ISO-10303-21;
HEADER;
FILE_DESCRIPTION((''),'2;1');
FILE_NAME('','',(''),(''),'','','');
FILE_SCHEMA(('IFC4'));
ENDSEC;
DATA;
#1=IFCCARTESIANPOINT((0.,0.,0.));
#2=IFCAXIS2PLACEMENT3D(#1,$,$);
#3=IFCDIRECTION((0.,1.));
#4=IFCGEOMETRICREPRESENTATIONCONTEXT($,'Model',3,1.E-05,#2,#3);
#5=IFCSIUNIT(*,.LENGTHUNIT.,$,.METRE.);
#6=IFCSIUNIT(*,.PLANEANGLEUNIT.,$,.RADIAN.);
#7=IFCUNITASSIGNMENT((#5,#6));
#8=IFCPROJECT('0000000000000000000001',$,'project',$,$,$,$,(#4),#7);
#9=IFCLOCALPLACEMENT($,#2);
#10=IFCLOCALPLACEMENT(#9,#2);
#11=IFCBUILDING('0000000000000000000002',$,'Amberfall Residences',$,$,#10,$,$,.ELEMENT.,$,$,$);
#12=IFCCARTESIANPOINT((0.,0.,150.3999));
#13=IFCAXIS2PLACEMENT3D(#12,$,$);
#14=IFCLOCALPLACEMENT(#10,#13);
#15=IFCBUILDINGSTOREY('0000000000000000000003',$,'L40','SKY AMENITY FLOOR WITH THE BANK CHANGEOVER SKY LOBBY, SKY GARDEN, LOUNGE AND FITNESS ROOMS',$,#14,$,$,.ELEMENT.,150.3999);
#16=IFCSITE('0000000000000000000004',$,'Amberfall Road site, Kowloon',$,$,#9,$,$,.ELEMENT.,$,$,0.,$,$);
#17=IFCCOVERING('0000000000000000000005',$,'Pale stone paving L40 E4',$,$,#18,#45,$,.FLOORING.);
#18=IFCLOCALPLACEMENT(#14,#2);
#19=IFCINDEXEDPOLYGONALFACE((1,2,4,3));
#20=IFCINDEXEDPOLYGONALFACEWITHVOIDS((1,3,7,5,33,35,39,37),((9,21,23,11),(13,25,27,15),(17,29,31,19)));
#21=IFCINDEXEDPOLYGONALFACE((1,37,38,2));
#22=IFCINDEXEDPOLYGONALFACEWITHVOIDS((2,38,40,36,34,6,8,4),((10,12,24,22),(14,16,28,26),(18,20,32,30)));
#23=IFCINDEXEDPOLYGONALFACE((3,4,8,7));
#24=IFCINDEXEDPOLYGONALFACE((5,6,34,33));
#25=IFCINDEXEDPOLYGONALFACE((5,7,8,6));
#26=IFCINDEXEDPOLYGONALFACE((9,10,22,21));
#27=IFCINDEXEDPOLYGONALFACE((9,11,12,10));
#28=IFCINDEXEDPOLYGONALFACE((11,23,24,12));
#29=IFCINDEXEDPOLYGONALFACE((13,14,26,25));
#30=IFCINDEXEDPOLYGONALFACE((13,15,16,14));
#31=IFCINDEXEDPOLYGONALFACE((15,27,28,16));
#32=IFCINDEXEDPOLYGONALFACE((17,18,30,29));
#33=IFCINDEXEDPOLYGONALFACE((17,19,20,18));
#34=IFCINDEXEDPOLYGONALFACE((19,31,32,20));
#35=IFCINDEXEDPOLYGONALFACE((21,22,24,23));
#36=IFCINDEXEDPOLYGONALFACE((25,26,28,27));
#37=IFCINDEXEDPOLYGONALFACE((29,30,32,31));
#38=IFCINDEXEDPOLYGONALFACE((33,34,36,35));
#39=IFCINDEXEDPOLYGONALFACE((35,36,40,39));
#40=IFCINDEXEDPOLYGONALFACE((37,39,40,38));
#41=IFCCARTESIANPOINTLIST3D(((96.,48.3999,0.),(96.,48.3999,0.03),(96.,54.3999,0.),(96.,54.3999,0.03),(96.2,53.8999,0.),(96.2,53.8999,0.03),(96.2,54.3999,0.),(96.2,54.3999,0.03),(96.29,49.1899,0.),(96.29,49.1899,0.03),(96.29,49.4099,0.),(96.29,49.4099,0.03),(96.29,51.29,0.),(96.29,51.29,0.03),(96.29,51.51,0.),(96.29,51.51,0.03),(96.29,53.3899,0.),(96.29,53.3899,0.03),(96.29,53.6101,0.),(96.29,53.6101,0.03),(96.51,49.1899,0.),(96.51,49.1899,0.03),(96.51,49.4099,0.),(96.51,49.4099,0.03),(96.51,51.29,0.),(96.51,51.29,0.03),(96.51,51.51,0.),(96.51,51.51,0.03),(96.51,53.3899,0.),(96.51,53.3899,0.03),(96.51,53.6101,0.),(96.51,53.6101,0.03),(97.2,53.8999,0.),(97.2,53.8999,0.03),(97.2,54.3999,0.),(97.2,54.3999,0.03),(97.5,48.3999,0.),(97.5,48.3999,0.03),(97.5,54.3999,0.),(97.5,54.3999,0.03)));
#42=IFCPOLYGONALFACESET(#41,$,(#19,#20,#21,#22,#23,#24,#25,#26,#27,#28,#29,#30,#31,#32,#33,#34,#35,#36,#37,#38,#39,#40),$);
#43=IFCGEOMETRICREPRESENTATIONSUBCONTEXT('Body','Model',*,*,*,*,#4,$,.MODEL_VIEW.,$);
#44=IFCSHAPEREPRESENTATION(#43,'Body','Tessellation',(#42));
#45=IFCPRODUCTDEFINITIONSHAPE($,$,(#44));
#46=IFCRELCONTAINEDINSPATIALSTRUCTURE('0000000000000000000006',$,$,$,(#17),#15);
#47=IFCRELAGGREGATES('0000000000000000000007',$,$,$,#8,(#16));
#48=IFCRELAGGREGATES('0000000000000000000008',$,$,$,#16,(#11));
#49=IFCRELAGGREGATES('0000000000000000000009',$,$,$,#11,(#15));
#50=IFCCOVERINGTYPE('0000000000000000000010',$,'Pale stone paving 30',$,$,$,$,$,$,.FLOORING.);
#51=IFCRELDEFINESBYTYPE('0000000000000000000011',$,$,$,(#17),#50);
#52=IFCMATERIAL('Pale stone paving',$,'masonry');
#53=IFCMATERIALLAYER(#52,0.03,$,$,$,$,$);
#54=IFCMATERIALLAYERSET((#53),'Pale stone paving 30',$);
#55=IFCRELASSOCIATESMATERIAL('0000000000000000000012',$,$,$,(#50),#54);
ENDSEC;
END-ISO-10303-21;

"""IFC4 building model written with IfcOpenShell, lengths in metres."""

from ifc_helpers import new_model, si_unit, direction, frame, origin, place, context, subcontext, project, spatial, polyline, outline, extrude, material, layer, layer_set, type_object, element, save


model = new_model("IFC4")

# Units and contexts
model_context = context("Model", 3, precision=1e-05, world=origin(), true_north=direction((0.0, 1.0)))
body_context = subcontext(model_context, "Body", "Model", "MODEL_VIEW")
ifc_project = project(units=[si_unit("LENGTHUNIT", "METRE"), si_unit("PLANEANGLEUNIT", "RADIAN")], contexts=[model_context])

# Site, building, storey
site_placement = place(None, origin())
site = spatial("IfcSite", under=ifc_project, at=site_placement, Name="Amberfall Road site, Kowloon", CompositionType="ELEMENT", RefElevation=0.0)
building_placement = place(site_placement, origin())
building = spatial("IfcBuilding", under=site, at=building_placement, Name="Amberfall Residences", CompositionType="ELEMENT")
storey_placement = place(building_placement, frame((0.0, 0.0, 150.3999)))
storey = spatial("IfcBuildingStorey", under=building, at=storey_placement, Name="L40", Description="SKY AMENITY FLOOR WITH THE BANK CHANGEOVER SKY LOBBY, SKY GARDEN, LOUNGE AND FITNESS ROOMS", CompositionType="ELEMENT", Elevation=150.3999)

# Covering
ifc_material_1 = material(Name="Pale stone paving", Category="masonry")
ifc_layer_1 = layer(ifc_material_1, 0.03)
ifc_layer_set_1 = layer_set([ifc_layer_1], Name="Pale stone paving 30")
covering_type_1 = type_object("IfcCoveringType", Name="Pale stone paving 30", PredefinedType="FLOORING", material=ifc_layer_set_1)
covering_1_placement = place(storey_placement, origin())
element("IfcCovering", 1, at=covering_1_placement, inside=storey, type_object=covering_type_1, Name="Pale stone paving L40 E4", PredefinedType="FLOORING", context=body_context, shape_type="SweptSolid", body=[
    extrude(outline(polyline([(97.5, 54.3999), (97.2, 54.3999), (97.2, 53.8999), (96.2, 53.8999), (96.2, 54.3999), (96.0, 54.3999), (96.0, 48.3999), (97.5, 48.3999), (97.5, 54.3999)]), holes=[polyline([(96.29, 49.1899), (96.51, 49.1899), (96.51, 49.4099), (96.29, 49.4099), (96.29, 49.1899)]), polyline([(96.29, 51.29), (96.51, 51.29), (96.51, 51.51), (96.29, 51.51), (96.29, 51.29)]), polyline([(96.29, 53.3899), (96.51, 53.3899), (96.51, 53.6101), (96.29, 53.6101), (96.29, 53.3899)])]), origin(), (0.0, 0.0, 1.0), 0.03),
])

save(model, "model.ifc")
